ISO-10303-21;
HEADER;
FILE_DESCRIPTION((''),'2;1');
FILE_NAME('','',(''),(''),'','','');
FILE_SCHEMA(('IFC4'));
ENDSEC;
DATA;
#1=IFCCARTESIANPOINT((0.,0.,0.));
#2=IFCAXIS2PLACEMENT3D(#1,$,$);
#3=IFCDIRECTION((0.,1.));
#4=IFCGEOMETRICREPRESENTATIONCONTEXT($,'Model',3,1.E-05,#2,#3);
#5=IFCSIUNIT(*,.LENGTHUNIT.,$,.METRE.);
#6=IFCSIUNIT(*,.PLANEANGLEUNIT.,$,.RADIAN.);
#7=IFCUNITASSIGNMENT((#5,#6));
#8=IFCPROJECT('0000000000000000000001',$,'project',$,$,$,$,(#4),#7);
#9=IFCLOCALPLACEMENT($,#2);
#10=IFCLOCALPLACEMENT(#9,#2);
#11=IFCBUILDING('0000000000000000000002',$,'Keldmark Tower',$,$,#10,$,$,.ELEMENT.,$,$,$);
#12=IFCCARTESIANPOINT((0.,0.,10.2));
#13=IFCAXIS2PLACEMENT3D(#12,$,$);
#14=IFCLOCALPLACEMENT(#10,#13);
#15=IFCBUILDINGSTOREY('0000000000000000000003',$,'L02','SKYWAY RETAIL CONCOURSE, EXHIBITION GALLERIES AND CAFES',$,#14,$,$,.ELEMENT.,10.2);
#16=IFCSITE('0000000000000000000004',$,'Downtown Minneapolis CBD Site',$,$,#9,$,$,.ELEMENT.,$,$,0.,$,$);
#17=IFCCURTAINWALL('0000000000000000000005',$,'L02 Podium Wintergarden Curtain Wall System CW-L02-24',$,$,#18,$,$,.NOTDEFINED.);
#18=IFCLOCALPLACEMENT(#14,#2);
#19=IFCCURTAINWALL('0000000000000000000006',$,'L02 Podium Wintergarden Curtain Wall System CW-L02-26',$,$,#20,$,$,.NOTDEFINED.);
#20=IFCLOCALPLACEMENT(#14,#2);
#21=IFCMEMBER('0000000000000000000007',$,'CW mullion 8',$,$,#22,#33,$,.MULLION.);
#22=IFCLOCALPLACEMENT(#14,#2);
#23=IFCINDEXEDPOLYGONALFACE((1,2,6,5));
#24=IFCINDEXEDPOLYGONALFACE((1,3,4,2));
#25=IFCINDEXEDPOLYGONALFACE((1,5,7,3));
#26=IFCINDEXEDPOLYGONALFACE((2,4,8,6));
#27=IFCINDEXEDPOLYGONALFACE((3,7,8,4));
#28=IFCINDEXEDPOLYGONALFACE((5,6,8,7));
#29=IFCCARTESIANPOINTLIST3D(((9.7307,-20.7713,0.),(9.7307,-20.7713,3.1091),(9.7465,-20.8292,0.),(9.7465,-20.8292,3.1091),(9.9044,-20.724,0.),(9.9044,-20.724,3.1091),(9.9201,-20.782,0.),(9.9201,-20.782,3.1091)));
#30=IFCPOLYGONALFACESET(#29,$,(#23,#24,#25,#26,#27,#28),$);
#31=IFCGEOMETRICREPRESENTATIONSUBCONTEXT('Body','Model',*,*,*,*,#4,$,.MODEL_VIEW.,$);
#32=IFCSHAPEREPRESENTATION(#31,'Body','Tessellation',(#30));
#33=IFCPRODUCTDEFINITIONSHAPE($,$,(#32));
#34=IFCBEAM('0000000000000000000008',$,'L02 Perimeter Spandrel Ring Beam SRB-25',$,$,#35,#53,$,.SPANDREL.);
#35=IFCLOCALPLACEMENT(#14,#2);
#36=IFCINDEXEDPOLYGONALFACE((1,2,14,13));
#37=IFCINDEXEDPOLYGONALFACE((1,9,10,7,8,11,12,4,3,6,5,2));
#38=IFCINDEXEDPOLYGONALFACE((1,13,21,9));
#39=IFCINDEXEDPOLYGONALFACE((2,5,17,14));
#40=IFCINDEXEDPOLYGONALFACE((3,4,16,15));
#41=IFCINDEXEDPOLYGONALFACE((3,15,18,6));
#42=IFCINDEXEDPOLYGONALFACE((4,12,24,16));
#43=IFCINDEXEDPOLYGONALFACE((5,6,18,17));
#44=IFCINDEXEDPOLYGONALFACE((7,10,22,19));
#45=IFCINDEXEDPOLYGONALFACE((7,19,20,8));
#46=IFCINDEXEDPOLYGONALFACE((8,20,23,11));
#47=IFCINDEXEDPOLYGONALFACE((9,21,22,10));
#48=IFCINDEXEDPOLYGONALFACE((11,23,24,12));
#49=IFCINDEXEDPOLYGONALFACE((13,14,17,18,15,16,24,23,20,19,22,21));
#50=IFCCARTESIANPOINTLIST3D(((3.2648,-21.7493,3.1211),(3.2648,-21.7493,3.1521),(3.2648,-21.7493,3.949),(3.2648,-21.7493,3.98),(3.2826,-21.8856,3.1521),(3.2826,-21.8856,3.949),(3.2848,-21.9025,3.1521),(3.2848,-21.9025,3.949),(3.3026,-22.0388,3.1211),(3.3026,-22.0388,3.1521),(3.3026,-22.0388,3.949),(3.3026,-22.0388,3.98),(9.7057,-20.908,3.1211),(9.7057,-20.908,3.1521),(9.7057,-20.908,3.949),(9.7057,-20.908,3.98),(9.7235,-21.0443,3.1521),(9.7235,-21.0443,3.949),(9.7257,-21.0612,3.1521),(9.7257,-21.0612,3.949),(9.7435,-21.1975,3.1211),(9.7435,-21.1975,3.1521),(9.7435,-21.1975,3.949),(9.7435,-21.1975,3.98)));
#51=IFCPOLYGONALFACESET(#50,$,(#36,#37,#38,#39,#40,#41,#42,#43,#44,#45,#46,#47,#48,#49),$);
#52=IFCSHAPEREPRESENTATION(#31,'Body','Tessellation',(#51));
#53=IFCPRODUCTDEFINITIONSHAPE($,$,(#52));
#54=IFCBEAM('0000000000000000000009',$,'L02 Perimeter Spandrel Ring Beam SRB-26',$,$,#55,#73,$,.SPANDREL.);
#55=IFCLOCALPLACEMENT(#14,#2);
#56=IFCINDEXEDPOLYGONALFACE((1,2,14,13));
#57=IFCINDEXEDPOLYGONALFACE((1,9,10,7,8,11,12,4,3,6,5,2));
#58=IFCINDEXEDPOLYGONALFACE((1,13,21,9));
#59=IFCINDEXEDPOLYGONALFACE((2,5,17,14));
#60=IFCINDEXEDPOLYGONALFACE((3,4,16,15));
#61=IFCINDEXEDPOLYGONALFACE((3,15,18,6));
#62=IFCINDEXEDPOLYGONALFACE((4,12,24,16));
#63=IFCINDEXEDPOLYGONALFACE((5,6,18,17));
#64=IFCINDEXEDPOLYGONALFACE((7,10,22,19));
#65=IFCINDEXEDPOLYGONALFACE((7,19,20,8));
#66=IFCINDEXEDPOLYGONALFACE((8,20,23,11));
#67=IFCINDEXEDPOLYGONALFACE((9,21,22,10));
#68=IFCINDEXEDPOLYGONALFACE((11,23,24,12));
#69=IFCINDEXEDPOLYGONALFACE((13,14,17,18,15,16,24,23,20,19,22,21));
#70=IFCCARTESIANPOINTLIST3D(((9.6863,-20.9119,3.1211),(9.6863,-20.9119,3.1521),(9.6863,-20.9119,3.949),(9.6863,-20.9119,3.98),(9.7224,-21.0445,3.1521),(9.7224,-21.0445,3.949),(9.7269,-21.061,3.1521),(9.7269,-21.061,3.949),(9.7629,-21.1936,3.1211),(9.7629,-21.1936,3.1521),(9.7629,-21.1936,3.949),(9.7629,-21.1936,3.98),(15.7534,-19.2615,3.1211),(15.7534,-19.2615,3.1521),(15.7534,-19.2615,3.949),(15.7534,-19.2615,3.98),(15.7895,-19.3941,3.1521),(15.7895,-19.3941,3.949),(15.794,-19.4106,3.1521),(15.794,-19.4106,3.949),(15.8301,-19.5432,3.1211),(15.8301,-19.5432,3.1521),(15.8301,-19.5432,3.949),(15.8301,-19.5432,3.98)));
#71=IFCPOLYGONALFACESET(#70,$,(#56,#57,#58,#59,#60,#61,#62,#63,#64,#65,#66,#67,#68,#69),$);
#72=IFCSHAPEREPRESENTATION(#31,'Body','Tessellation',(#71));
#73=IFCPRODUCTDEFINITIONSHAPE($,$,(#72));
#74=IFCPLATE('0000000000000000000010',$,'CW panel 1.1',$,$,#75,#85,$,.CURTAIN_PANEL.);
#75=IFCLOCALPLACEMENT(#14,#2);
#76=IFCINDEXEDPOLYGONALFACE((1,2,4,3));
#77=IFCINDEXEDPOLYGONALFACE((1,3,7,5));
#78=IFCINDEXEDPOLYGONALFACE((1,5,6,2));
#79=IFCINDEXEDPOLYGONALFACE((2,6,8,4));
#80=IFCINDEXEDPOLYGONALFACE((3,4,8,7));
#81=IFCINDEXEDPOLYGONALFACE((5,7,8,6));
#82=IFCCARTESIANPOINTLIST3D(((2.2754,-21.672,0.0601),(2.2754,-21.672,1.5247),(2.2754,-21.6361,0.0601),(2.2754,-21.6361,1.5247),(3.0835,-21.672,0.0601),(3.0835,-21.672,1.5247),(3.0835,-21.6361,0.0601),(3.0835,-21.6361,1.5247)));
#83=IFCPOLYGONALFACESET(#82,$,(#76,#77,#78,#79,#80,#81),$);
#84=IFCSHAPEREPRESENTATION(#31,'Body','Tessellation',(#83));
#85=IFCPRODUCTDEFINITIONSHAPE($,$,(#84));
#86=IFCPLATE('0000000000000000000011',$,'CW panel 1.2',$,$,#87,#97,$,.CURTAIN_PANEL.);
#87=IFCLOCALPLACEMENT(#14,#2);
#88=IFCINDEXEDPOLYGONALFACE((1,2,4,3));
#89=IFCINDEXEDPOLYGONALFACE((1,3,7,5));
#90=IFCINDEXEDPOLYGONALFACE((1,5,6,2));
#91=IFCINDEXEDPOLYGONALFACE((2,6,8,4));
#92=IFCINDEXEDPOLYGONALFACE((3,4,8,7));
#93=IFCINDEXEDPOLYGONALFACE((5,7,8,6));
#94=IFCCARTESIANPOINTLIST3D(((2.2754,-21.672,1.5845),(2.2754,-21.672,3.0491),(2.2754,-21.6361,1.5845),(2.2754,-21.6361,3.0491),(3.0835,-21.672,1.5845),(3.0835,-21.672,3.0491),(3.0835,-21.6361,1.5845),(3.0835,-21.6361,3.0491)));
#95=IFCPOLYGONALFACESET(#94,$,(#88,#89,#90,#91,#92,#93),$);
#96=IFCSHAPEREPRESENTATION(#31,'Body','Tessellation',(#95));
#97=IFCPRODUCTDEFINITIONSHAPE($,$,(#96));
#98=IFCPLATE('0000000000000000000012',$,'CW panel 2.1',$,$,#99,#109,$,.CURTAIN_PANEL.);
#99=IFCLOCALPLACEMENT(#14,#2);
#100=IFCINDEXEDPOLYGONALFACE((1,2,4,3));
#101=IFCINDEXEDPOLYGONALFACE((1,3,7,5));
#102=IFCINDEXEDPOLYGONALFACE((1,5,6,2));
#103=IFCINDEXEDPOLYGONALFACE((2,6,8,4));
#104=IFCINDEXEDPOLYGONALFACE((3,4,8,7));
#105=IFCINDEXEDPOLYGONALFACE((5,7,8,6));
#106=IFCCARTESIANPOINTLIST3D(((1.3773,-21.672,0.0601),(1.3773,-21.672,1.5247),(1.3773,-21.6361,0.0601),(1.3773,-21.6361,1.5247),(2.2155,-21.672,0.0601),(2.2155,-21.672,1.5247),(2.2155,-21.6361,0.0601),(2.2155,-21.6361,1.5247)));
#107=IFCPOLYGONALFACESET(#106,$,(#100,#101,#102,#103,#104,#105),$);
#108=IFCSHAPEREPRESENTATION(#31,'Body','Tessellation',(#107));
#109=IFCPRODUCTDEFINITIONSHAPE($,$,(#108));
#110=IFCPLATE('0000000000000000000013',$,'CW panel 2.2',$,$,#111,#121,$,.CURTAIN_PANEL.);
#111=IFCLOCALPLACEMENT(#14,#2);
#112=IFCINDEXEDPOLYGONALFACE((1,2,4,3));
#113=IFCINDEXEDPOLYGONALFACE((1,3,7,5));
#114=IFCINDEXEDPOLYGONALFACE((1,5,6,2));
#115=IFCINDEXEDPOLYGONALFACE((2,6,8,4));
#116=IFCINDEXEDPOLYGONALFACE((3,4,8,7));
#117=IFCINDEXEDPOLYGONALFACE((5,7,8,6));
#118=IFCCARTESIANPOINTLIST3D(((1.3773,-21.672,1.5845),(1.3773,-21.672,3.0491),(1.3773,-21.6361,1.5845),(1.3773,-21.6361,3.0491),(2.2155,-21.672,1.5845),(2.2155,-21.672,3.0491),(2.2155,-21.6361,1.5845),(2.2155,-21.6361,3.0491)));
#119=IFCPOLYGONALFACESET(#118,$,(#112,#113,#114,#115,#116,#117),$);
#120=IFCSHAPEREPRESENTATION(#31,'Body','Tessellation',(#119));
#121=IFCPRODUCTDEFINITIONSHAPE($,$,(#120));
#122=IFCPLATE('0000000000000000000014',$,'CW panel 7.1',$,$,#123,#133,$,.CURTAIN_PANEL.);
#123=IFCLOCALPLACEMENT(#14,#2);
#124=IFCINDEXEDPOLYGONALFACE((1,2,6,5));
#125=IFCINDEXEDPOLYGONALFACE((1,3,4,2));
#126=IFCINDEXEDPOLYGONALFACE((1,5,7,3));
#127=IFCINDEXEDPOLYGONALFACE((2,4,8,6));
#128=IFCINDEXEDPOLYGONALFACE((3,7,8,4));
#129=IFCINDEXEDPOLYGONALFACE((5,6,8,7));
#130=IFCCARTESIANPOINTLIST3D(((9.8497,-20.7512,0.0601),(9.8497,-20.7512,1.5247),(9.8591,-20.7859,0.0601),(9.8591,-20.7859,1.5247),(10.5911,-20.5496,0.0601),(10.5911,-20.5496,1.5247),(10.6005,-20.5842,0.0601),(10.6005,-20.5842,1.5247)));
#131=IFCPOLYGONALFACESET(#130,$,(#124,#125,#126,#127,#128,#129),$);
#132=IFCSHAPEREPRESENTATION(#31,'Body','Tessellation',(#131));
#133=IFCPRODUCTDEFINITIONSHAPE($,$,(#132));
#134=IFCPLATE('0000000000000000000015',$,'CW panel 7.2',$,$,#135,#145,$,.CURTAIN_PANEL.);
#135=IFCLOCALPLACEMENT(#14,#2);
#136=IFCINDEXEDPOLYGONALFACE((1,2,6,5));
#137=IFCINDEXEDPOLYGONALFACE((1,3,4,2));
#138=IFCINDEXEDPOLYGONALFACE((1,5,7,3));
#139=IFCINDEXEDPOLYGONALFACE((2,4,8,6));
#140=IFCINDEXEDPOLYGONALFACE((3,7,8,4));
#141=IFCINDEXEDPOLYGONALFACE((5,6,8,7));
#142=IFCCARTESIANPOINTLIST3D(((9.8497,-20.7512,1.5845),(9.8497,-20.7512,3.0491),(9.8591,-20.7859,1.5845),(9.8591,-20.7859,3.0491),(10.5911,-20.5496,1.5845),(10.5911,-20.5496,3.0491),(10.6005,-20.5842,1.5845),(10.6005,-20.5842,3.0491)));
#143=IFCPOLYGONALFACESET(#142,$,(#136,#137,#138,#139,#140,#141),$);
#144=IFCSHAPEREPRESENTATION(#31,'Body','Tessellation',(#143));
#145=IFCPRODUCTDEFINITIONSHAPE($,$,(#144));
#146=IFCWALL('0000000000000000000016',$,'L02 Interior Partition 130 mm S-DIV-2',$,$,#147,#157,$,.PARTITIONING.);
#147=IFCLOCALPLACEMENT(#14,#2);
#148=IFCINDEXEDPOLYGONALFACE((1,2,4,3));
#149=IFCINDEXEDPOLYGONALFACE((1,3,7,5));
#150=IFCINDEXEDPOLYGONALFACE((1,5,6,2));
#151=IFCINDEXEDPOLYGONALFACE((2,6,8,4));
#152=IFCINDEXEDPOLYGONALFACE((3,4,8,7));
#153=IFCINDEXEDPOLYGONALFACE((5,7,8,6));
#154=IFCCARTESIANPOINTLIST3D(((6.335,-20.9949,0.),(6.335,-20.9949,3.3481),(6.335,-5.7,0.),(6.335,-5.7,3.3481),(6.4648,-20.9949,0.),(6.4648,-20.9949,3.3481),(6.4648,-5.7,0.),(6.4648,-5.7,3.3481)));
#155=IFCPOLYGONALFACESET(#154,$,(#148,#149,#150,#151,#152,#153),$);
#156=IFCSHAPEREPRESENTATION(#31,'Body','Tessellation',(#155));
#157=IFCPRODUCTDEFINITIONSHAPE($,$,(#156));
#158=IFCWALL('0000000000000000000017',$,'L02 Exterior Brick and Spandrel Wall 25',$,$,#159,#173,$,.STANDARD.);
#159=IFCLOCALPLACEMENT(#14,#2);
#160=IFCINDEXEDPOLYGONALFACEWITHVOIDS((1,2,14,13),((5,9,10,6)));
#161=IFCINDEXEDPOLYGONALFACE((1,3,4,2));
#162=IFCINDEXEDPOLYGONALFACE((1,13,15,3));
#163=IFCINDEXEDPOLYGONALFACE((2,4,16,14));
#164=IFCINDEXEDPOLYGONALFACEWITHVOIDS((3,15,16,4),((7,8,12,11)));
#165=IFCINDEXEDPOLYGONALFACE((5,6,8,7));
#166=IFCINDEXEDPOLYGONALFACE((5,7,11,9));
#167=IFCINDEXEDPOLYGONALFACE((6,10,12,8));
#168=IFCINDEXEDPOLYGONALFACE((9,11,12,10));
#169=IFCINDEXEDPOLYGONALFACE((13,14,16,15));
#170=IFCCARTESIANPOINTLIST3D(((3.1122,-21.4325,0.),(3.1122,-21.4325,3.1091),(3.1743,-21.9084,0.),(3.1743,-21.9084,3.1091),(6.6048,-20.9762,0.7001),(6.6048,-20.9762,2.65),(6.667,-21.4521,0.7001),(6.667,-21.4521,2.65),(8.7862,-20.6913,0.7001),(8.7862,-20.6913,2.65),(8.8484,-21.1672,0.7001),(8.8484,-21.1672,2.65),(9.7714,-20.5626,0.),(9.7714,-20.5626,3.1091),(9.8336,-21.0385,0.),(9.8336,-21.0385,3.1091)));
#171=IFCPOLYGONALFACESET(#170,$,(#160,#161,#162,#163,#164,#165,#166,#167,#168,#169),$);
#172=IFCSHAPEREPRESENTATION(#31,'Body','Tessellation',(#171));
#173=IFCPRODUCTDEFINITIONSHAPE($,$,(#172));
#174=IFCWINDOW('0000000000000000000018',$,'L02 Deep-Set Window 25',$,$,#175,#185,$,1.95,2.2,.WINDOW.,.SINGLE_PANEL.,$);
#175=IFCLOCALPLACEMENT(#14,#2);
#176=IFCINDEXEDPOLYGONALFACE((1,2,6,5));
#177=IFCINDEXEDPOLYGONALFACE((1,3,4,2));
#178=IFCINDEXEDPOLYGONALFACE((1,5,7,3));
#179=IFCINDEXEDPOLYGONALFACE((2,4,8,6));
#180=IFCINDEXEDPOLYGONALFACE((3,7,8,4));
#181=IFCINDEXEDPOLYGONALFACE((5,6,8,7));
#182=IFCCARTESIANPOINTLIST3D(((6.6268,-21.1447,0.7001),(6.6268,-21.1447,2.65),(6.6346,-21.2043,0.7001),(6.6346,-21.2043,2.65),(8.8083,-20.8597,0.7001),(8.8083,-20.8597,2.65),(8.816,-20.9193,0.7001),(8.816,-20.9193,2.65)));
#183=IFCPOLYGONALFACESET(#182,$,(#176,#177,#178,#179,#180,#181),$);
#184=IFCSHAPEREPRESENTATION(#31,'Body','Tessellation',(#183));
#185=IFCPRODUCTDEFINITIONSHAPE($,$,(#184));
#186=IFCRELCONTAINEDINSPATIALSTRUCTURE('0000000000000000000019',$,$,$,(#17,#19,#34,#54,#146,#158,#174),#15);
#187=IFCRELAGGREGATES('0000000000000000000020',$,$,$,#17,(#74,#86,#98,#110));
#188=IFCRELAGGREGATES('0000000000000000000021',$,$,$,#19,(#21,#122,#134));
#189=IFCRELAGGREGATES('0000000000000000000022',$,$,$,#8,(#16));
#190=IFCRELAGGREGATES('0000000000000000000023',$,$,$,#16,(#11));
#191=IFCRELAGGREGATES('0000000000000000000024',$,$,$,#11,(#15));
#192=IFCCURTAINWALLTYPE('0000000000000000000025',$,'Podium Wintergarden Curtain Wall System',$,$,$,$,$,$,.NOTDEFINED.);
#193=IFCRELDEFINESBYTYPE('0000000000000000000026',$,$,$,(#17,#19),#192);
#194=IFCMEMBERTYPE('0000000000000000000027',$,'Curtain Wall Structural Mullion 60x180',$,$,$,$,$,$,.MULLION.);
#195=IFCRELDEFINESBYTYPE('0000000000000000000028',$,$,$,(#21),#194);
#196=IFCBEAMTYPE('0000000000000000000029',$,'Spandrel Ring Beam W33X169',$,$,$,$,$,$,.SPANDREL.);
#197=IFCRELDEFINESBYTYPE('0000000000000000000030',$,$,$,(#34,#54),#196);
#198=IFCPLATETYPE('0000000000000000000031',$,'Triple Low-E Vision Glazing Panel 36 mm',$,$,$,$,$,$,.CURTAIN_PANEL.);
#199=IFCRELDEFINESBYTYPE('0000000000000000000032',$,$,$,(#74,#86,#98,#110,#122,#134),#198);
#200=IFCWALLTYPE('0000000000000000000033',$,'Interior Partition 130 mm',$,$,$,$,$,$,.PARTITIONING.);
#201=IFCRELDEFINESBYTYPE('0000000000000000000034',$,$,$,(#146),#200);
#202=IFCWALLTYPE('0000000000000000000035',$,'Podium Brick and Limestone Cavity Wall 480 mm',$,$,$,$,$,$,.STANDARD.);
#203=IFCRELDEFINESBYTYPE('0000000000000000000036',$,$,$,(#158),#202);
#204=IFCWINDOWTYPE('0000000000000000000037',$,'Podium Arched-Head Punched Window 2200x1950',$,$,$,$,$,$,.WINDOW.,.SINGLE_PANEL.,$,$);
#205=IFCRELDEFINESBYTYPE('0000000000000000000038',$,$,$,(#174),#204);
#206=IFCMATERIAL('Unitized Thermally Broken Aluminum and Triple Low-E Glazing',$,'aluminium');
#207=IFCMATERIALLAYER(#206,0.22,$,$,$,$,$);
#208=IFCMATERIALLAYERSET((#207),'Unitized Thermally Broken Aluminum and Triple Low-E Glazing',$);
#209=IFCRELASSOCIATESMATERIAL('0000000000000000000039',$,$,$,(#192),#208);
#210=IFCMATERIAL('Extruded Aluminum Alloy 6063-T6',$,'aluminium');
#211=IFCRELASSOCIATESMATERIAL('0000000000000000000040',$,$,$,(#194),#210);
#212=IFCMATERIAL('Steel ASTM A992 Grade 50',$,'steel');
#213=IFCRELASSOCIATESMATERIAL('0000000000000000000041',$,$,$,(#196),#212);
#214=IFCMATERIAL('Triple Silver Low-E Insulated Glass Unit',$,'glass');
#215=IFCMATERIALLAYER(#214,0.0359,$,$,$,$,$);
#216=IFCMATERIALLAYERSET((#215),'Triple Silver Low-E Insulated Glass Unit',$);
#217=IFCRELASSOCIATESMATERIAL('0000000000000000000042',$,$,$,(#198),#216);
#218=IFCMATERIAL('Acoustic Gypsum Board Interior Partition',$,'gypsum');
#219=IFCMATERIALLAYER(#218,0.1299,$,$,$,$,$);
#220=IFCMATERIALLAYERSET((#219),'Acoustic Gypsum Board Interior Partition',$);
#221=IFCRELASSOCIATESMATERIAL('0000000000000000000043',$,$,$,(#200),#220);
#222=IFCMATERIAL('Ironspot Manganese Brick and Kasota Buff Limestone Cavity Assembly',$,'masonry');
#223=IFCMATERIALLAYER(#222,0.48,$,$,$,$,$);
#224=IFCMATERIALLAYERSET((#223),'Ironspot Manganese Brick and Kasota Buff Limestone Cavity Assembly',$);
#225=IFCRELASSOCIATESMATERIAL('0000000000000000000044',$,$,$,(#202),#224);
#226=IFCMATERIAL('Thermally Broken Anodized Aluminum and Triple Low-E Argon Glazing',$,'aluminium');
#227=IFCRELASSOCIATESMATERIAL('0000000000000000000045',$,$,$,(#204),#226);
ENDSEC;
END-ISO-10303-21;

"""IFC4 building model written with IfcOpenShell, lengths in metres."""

from ifc_helpers import new_model, si_unit, direction, frame, frame_2d, origin, origin_2d, place, context, subcontext, project, spatial, rectangle, i_section, extrude, material, layer, layer_set, material_profile, profile_set, type_object, element, fill, aggregate, save


model = new_model("IFC4")

# Units and contexts
model_context = context("Model", 3, precision=1e-05, world=origin(), true_north=direction((0.0, 1.0)))
body_context = subcontext(model_context, "Body", "Model", "MODEL_VIEW")
ifc_project = project(units=[si_unit("LENGTHUNIT", "METRE"), si_unit("PLANEANGLEUNIT", "RADIAN")], contexts=[model_context])

# Site, building, storey
site_placement = place(None, origin())
site = spatial("IfcSite", under=ifc_project, at=site_placement, Name="Downtown Minneapolis CBD Site", CompositionType="ELEMENT", RefElevation=0.0)
building_placement = place(site_placement, origin())
building = spatial("IfcBuilding", under=site, at=building_placement, Name="Keldmark Tower", CompositionType="ELEMENT")
storey_placement = place(building_placement, frame((0.0, 0.0, 10.2)))
storey = spatial("IfcBuildingStorey", under=building, at=storey_placement, Name="L02", Description="SKYWAY RETAIL CONCOURSE, EXHIBITION GALLERIES AND CAFES", CompositionType="ELEMENT", Elevation=10.2)

# Curtain walls
ifc_material_1 = material(Name="Unitized Thermally Broken Aluminum and Triple Low-E Glazing", Category="aluminium")
ifc_layer_1 = layer(ifc_material_1, 0.22)
ifc_layer_set_1 = layer_set([ifc_layer_1], Name="Unitized Thermally Broken Aluminum and Triple Low-E Glazing")
curtain_wall_type = type_object("IfcCurtainWallType", Name="Podium Wintergarden Curtain Wall System", PredefinedType="NOTDEFINED", material=ifc_layer_set_1)
curtain_wall_1_placement = place(storey_placement, origin())
curtain_wall_1 = element("IfcCurtainWall", 1, at=curtain_wall_1_placement, inside=storey, type_object=curtain_wall_type, Name="L02 Podium Wintergarden Curtain Wall System CW-L02-24", PredefinedType="NOTDEFINED")
curtain_wall_2_placement = place(storey_placement, origin())
curtain_wall_2 = element("IfcCurtainWall", 2, at=curtain_wall_2_placement, inside=storey, type_object=curtain_wall_type, Name="L02 Podium Wintergarden Curtain Wall System CW-L02-26", PredefinedType="NOTDEFINED")

# Member
ifc_material_2 = material(Name="Extruded Aluminum Alloy 6063-T6", Category="aluminium")
ifc_material_profile_1 = material_profile(ifc_material_2, rectangle(XDim=0.0601, YDim=0.1799, at=origin_2d()), Name="CWM60X180")
ifc_profile_set_1 = profile_set([ifc_material_profile_1], Name="Extruded Aluminum Alloy 6063-T6")
member_type_1 = type_object("IfcMemberType", Name="Curtain Wall Structural Mullion 60x180", PredefinedType="MULLION", material=ifc_profile_set_1)
member_1_placement = place(storey_placement, frame((9.8254, -20.7766, 0.0), z_axis=(0.0, 0.0, 1.0), x_axis=(0.262493, -0.964934, 0.0)))
member_1 = element("IfcMember", 3, at=member_1_placement, type_object=member_type_1, Name="CW mullion 8", PredefinedType="MULLION", context=body_context, shape_type="SweptSolid", body=[
    extrude(rectangle(XDim=0.0601, YDim=0.1799, at=origin_2d()), origin(), (0.0, 0.0, 1.0), 3.1091),
])

# Beams
ifc_material_3 = material(Name="Steel ASTM A992 Grade 50", Category="steel")
ifc_material_profile_2 = material_profile(ifc_material_3, i_section(OverallWidth=0.292, OverallDepth=0.8589, WebThickness=0.0171, FlangeThickness=0.031, at=origin_2d()), Name="W33X169")
ifc_profile_set_2 = profile_set([ifc_material_profile_2], Name="Steel ASTM A992 Grade 50")
beam_type = type_object("IfcBeamType", Name="Spandrel Ring Beam W33X169", PredefinedType="SPANDREL", material=ifc_profile_set_2)
beam_1_placement = place(storey_placement, frame((3.2837, -21.894, 3.5505), z_axis=(0.991577, 0.129519, 0.0), x_axis=(-0.129519, 0.991577, 0.0)))
element("IfcBeam", 4, at=beam_1_placement, inside=storey, type_object=beam_type, Name="L02 Perimeter Spandrel Ring Beam SRB-25", PredefinedType="SPANDREL", context=body_context, shape_type="SweptSolid", body=[
    extrude(i_section(OverallWidth=0.292, OverallDepth=0.8589, WebThickness=0.0171, FlangeThickness=0.031, at=origin_2d()), origin(), (0.0, 0.0, 1.0), 6.4956),
])
beam_2_placement = place(storey_placement, frame((9.7246, -21.0527, 3.5505), z_axis=(0.964937, 0.262483, 0.0), x_axis=(-0.262483, 0.964937, 0.0)))
element("IfcBeam", 5, at=beam_2_placement, inside=storey, type_object=beam_type, Name="L02 Perimeter Spandrel Ring Beam SRB-26", PredefinedType="SPANDREL", context=body_context, shape_type="SweptSolid", body=[
    extrude(i_section(OverallWidth=0.292, OverallDepth=0.8589, WebThickness=0.0171, FlangeThickness=0.031, at=origin_2d()), origin(), (0.0, 0.0, 1.0), 6.2876),
])

# Plates
ifc_material_4 = material(Name="Triple Silver Low-E Insulated Glass Unit", Category="glass")
ifc_layer_2 = layer(ifc_material_4, 0.0359)
ifc_layer_set_2 = layer_set([ifc_layer_2], Name="Triple Silver Low-E Insulated Glass Unit")
plate_type = type_object("IfcPlateType", Name="Triple Low-E Vision Glazing Panel 36 mm", PredefinedType="CURTAIN_PANEL", material=ifc_layer_set_2)
plate_1_placement = place(storey_placement, frame((2.6794, -21.6541, 0.0601), z_axis=(0.0, 0.0, 1.0), x_axis=(-1.0, 0.0, 0.0)))
plate_1 = element("IfcPlate", 6, at=plate_1_placement, type_object=plate_type, Name="CW panel 1.1", PredefinedType="CURTAIN_PANEL", context=body_context, shape_type="SweptSolid", body=[
    extrude(rectangle(XDim=0.8081, YDim=0.0359, at=origin_2d()), origin(), (0.0, 0.0, 1.0), 1.4646),
])
plate_2_placement = place(storey_placement, frame((2.6794, -21.6541, 1.5845), z_axis=(0.0, 0.0, 1.0), x_axis=(-1.0, 0.0, 0.0)))
plate_2 = element("IfcPlate", 7, at=plate_2_placement, type_object=plate_type, Name="CW panel 1.2", PredefinedType="CURTAIN_PANEL", context=body_context, shape_type="SweptSolid", body=[
    extrude(rectangle(XDim=0.8081, YDim=0.0359, at=origin_2d()), origin(), (0.0, 0.0, 1.0), 1.4646),
])
plate_3_placement = place(storey_placement, frame((1.7964, -21.6541, 0.0601), z_axis=(0.0, 0.0, 1.0), x_axis=(-1.0, 0.0, 0.0)))
plate_3 = element("IfcPlate", 8, at=plate_3_placement, type_object=plate_type, Name="CW panel 2.1", PredefinedType="CURTAIN_PANEL", context=body_context, shape_type="SweptSolid", body=[
    extrude(rectangle(XDim=0.8381, YDim=0.0359, at=origin_2d()), origin(), (0.0, 0.0, 1.0), 1.4646),
])
plate_4_placement = place(storey_placement, frame((1.7964, -21.6541, 1.5845), z_axis=(0.0, 0.0, 1.0), x_axis=(-1.0, 0.0, 0.0)))
plate_4 = element("IfcPlate", 9, at=plate_4_placement, type_object=plate_type, Name="CW panel 2.2", PredefinedType="CURTAIN_PANEL", context=body_context, shape_type="SweptSolid", body=[
    extrude(rectangle(XDim=0.8381, YDim=0.0359, at=origin_2d()), origin(), (0.0, 0.0, 1.0), 1.4646),
])
aggregate(curtain_wall_1, [plate_1, plate_2, plate_3, plate_4])
plate_5_placement = place(storey_placement, frame((10.2251, -20.6677, 0.0601), z_axis=(0.0, 0.0, 1.0), x_axis=(-0.964934, -0.262493, 0.0)))
plate_5 = element("IfcPlate", 10, at=plate_5_placement, type_object=plate_type, Name="CW panel 7.1", PredefinedType="CURTAIN_PANEL", context=body_context, shape_type="SweptSolid", body=[
    extrude(rectangle(XDim=0.7683, YDim=0.0359, at=origin_2d()), origin(), (0.0, 0.0, 1.0), 1.4646),
])
plate_6_placement = place(storey_placement, frame((10.2251, -20.6677, 1.5845), z_axis=(0.0, 0.0, 1.0), x_axis=(-0.964934, -0.262493, 0.0)))
plate_6 = element("IfcPlate", 11, at=plate_6_placement, type_object=plate_type, Name="CW panel 7.2", PredefinedType="CURTAIN_PANEL", context=body_context, shape_type="SweptSolid", body=[
    extrude(rectangle(XDim=0.7683, YDim=0.0359, at=origin_2d()), origin(), (0.0, 0.0, 1.0), 1.4646),
])
aggregate(curtain_wall_2, [member_1, plate_5, plate_6])

# Wall
ifc_material_5 = material(Name="Acoustic Gypsum Board Interior Partition", Category="gypsum")
ifc_layer_3 = layer(ifc_material_5, 0.1299)
ifc_layer_set_3 = layer_set([ifc_layer_3], Name="Acoustic Gypsum Board Interior Partition")
wall_type_1 = type_object("IfcWallType", Name="Interior Partition 130 mm", PredefinedType="PARTITIONING", material=ifc_layer_set_3)
wall_1_placement = place(storey_placement, frame((6.3999, -20.9949, 0.0), z_axis=(0.0, 0.0, 1.0), x_axis=(0.0, 1.0, 0.0)))
element("IfcWall", 12, at=wall_1_placement, inside=storey, type_object=wall_type_1, Name="L02 Interior Partition 130 mm S-DIV-2", PredefinedType="PARTITIONING", context=body_context, shape_type="SweptSolid", body=[
    extrude(rectangle(XDim=15.2949, YDim=0.1299, at=frame_2d((7.6475, 0.0))), origin(), (0.0, 0.0, 1.0), 3.3481),
])

# Wall, opening, window
ifc_material_6 = material(Name="Ironspot Manganese Brick and Kasota Buff Limestone Cavity Assembly", Category="masonry")
ifc_layer_4 = layer(ifc_material_6, 0.48)
ifc_layer_set_4 = layer_set([ifc_layer_4], Name="Ironspot Manganese Brick and Kasota Buff Limestone Cavity Assembly")
wall_type_2 = type_object("IfcWallType", Name="Podium Brick and Limestone Cavity Wall 480 mm", PredefinedType="STANDARD", material=ifc_layer_set_4)
wall_2_placement = place(storey_placement, frame((9.8025, -20.8005, 0.0), z_axis=(0.0, 0.0, 1.0), x_axis=(-0.991576, -0.129527, 0.0)))
wall_2 = element("IfcWall", 13, at=wall_2_placement, inside=storey, type_object=wall_type_2, Name="L02 Exterior Brick and Spandrel Wall 25", PredefinedType="STANDARD", context=body_context, shape_type="SweptSolid", body=[
    extrude(rectangle(XDim=6.7158, YDim=0.48, at=frame_2d((3.3579, 0.0))), origin(), (0.0, 0.0, 1.0), 3.1091),
])
opening_placement = place(wall_2_placement, frame((0.9934, 0.0, 0.7)))
opening = element("IfcOpeningElement", 14, at=opening_placement, cuts=wall_2, PredefinedType="OPENING", context=body_context, shape_type="SweptSolid", body=[
    extrude(rectangle(XDim=2.2, YDim=1.95, at=frame_2d((1.1001, 0.9751))), frame((0.0, 0.25, 0.0), z_axis=(0.0, -1.0, 0.0), x_axis=(1.0, 0.0, 0.0)), (0.0, 0.0, 1.0), 0.5),
])
ifc_material_7 = material(Name="Thermally Broken Anodized Aluminum and Triple Low-E Argon Glazing", Category="aluminium")
window_type = type_object("IfcWindowType", Name="Podium Arched-Head Punched Window 2200x1950", PartitioningType="SINGLE_PANEL", PredefinedType="WINDOW", material=ifc_material_7)
window_placement = place(opening_placement, origin())
window = element("IfcWindow", 15, at=window_placement, inside=storey, type_object=window_type, Name="L02 Deep-Set Window 25", OverallHeight=1.95, OverallWidth=2.2, PartitioningType="SINGLE_PANEL", PredefinedType="WINDOW", context=body_context, shape_type="SweptSolid", body=[
    extrude(rectangle(XDim=2.2, YDim=1.95, at=frame_2d((1.1001, 0.9751))), frame((0.0, -0.01, 0.0), z_axis=(0.0, -1.0, 0.0), x_axis=(1.0, 0.0, 0.0)), (0.0, 0.0, 1.0), 0.0601),
])
fill(opening, window)

save(model, "model.ifc")
